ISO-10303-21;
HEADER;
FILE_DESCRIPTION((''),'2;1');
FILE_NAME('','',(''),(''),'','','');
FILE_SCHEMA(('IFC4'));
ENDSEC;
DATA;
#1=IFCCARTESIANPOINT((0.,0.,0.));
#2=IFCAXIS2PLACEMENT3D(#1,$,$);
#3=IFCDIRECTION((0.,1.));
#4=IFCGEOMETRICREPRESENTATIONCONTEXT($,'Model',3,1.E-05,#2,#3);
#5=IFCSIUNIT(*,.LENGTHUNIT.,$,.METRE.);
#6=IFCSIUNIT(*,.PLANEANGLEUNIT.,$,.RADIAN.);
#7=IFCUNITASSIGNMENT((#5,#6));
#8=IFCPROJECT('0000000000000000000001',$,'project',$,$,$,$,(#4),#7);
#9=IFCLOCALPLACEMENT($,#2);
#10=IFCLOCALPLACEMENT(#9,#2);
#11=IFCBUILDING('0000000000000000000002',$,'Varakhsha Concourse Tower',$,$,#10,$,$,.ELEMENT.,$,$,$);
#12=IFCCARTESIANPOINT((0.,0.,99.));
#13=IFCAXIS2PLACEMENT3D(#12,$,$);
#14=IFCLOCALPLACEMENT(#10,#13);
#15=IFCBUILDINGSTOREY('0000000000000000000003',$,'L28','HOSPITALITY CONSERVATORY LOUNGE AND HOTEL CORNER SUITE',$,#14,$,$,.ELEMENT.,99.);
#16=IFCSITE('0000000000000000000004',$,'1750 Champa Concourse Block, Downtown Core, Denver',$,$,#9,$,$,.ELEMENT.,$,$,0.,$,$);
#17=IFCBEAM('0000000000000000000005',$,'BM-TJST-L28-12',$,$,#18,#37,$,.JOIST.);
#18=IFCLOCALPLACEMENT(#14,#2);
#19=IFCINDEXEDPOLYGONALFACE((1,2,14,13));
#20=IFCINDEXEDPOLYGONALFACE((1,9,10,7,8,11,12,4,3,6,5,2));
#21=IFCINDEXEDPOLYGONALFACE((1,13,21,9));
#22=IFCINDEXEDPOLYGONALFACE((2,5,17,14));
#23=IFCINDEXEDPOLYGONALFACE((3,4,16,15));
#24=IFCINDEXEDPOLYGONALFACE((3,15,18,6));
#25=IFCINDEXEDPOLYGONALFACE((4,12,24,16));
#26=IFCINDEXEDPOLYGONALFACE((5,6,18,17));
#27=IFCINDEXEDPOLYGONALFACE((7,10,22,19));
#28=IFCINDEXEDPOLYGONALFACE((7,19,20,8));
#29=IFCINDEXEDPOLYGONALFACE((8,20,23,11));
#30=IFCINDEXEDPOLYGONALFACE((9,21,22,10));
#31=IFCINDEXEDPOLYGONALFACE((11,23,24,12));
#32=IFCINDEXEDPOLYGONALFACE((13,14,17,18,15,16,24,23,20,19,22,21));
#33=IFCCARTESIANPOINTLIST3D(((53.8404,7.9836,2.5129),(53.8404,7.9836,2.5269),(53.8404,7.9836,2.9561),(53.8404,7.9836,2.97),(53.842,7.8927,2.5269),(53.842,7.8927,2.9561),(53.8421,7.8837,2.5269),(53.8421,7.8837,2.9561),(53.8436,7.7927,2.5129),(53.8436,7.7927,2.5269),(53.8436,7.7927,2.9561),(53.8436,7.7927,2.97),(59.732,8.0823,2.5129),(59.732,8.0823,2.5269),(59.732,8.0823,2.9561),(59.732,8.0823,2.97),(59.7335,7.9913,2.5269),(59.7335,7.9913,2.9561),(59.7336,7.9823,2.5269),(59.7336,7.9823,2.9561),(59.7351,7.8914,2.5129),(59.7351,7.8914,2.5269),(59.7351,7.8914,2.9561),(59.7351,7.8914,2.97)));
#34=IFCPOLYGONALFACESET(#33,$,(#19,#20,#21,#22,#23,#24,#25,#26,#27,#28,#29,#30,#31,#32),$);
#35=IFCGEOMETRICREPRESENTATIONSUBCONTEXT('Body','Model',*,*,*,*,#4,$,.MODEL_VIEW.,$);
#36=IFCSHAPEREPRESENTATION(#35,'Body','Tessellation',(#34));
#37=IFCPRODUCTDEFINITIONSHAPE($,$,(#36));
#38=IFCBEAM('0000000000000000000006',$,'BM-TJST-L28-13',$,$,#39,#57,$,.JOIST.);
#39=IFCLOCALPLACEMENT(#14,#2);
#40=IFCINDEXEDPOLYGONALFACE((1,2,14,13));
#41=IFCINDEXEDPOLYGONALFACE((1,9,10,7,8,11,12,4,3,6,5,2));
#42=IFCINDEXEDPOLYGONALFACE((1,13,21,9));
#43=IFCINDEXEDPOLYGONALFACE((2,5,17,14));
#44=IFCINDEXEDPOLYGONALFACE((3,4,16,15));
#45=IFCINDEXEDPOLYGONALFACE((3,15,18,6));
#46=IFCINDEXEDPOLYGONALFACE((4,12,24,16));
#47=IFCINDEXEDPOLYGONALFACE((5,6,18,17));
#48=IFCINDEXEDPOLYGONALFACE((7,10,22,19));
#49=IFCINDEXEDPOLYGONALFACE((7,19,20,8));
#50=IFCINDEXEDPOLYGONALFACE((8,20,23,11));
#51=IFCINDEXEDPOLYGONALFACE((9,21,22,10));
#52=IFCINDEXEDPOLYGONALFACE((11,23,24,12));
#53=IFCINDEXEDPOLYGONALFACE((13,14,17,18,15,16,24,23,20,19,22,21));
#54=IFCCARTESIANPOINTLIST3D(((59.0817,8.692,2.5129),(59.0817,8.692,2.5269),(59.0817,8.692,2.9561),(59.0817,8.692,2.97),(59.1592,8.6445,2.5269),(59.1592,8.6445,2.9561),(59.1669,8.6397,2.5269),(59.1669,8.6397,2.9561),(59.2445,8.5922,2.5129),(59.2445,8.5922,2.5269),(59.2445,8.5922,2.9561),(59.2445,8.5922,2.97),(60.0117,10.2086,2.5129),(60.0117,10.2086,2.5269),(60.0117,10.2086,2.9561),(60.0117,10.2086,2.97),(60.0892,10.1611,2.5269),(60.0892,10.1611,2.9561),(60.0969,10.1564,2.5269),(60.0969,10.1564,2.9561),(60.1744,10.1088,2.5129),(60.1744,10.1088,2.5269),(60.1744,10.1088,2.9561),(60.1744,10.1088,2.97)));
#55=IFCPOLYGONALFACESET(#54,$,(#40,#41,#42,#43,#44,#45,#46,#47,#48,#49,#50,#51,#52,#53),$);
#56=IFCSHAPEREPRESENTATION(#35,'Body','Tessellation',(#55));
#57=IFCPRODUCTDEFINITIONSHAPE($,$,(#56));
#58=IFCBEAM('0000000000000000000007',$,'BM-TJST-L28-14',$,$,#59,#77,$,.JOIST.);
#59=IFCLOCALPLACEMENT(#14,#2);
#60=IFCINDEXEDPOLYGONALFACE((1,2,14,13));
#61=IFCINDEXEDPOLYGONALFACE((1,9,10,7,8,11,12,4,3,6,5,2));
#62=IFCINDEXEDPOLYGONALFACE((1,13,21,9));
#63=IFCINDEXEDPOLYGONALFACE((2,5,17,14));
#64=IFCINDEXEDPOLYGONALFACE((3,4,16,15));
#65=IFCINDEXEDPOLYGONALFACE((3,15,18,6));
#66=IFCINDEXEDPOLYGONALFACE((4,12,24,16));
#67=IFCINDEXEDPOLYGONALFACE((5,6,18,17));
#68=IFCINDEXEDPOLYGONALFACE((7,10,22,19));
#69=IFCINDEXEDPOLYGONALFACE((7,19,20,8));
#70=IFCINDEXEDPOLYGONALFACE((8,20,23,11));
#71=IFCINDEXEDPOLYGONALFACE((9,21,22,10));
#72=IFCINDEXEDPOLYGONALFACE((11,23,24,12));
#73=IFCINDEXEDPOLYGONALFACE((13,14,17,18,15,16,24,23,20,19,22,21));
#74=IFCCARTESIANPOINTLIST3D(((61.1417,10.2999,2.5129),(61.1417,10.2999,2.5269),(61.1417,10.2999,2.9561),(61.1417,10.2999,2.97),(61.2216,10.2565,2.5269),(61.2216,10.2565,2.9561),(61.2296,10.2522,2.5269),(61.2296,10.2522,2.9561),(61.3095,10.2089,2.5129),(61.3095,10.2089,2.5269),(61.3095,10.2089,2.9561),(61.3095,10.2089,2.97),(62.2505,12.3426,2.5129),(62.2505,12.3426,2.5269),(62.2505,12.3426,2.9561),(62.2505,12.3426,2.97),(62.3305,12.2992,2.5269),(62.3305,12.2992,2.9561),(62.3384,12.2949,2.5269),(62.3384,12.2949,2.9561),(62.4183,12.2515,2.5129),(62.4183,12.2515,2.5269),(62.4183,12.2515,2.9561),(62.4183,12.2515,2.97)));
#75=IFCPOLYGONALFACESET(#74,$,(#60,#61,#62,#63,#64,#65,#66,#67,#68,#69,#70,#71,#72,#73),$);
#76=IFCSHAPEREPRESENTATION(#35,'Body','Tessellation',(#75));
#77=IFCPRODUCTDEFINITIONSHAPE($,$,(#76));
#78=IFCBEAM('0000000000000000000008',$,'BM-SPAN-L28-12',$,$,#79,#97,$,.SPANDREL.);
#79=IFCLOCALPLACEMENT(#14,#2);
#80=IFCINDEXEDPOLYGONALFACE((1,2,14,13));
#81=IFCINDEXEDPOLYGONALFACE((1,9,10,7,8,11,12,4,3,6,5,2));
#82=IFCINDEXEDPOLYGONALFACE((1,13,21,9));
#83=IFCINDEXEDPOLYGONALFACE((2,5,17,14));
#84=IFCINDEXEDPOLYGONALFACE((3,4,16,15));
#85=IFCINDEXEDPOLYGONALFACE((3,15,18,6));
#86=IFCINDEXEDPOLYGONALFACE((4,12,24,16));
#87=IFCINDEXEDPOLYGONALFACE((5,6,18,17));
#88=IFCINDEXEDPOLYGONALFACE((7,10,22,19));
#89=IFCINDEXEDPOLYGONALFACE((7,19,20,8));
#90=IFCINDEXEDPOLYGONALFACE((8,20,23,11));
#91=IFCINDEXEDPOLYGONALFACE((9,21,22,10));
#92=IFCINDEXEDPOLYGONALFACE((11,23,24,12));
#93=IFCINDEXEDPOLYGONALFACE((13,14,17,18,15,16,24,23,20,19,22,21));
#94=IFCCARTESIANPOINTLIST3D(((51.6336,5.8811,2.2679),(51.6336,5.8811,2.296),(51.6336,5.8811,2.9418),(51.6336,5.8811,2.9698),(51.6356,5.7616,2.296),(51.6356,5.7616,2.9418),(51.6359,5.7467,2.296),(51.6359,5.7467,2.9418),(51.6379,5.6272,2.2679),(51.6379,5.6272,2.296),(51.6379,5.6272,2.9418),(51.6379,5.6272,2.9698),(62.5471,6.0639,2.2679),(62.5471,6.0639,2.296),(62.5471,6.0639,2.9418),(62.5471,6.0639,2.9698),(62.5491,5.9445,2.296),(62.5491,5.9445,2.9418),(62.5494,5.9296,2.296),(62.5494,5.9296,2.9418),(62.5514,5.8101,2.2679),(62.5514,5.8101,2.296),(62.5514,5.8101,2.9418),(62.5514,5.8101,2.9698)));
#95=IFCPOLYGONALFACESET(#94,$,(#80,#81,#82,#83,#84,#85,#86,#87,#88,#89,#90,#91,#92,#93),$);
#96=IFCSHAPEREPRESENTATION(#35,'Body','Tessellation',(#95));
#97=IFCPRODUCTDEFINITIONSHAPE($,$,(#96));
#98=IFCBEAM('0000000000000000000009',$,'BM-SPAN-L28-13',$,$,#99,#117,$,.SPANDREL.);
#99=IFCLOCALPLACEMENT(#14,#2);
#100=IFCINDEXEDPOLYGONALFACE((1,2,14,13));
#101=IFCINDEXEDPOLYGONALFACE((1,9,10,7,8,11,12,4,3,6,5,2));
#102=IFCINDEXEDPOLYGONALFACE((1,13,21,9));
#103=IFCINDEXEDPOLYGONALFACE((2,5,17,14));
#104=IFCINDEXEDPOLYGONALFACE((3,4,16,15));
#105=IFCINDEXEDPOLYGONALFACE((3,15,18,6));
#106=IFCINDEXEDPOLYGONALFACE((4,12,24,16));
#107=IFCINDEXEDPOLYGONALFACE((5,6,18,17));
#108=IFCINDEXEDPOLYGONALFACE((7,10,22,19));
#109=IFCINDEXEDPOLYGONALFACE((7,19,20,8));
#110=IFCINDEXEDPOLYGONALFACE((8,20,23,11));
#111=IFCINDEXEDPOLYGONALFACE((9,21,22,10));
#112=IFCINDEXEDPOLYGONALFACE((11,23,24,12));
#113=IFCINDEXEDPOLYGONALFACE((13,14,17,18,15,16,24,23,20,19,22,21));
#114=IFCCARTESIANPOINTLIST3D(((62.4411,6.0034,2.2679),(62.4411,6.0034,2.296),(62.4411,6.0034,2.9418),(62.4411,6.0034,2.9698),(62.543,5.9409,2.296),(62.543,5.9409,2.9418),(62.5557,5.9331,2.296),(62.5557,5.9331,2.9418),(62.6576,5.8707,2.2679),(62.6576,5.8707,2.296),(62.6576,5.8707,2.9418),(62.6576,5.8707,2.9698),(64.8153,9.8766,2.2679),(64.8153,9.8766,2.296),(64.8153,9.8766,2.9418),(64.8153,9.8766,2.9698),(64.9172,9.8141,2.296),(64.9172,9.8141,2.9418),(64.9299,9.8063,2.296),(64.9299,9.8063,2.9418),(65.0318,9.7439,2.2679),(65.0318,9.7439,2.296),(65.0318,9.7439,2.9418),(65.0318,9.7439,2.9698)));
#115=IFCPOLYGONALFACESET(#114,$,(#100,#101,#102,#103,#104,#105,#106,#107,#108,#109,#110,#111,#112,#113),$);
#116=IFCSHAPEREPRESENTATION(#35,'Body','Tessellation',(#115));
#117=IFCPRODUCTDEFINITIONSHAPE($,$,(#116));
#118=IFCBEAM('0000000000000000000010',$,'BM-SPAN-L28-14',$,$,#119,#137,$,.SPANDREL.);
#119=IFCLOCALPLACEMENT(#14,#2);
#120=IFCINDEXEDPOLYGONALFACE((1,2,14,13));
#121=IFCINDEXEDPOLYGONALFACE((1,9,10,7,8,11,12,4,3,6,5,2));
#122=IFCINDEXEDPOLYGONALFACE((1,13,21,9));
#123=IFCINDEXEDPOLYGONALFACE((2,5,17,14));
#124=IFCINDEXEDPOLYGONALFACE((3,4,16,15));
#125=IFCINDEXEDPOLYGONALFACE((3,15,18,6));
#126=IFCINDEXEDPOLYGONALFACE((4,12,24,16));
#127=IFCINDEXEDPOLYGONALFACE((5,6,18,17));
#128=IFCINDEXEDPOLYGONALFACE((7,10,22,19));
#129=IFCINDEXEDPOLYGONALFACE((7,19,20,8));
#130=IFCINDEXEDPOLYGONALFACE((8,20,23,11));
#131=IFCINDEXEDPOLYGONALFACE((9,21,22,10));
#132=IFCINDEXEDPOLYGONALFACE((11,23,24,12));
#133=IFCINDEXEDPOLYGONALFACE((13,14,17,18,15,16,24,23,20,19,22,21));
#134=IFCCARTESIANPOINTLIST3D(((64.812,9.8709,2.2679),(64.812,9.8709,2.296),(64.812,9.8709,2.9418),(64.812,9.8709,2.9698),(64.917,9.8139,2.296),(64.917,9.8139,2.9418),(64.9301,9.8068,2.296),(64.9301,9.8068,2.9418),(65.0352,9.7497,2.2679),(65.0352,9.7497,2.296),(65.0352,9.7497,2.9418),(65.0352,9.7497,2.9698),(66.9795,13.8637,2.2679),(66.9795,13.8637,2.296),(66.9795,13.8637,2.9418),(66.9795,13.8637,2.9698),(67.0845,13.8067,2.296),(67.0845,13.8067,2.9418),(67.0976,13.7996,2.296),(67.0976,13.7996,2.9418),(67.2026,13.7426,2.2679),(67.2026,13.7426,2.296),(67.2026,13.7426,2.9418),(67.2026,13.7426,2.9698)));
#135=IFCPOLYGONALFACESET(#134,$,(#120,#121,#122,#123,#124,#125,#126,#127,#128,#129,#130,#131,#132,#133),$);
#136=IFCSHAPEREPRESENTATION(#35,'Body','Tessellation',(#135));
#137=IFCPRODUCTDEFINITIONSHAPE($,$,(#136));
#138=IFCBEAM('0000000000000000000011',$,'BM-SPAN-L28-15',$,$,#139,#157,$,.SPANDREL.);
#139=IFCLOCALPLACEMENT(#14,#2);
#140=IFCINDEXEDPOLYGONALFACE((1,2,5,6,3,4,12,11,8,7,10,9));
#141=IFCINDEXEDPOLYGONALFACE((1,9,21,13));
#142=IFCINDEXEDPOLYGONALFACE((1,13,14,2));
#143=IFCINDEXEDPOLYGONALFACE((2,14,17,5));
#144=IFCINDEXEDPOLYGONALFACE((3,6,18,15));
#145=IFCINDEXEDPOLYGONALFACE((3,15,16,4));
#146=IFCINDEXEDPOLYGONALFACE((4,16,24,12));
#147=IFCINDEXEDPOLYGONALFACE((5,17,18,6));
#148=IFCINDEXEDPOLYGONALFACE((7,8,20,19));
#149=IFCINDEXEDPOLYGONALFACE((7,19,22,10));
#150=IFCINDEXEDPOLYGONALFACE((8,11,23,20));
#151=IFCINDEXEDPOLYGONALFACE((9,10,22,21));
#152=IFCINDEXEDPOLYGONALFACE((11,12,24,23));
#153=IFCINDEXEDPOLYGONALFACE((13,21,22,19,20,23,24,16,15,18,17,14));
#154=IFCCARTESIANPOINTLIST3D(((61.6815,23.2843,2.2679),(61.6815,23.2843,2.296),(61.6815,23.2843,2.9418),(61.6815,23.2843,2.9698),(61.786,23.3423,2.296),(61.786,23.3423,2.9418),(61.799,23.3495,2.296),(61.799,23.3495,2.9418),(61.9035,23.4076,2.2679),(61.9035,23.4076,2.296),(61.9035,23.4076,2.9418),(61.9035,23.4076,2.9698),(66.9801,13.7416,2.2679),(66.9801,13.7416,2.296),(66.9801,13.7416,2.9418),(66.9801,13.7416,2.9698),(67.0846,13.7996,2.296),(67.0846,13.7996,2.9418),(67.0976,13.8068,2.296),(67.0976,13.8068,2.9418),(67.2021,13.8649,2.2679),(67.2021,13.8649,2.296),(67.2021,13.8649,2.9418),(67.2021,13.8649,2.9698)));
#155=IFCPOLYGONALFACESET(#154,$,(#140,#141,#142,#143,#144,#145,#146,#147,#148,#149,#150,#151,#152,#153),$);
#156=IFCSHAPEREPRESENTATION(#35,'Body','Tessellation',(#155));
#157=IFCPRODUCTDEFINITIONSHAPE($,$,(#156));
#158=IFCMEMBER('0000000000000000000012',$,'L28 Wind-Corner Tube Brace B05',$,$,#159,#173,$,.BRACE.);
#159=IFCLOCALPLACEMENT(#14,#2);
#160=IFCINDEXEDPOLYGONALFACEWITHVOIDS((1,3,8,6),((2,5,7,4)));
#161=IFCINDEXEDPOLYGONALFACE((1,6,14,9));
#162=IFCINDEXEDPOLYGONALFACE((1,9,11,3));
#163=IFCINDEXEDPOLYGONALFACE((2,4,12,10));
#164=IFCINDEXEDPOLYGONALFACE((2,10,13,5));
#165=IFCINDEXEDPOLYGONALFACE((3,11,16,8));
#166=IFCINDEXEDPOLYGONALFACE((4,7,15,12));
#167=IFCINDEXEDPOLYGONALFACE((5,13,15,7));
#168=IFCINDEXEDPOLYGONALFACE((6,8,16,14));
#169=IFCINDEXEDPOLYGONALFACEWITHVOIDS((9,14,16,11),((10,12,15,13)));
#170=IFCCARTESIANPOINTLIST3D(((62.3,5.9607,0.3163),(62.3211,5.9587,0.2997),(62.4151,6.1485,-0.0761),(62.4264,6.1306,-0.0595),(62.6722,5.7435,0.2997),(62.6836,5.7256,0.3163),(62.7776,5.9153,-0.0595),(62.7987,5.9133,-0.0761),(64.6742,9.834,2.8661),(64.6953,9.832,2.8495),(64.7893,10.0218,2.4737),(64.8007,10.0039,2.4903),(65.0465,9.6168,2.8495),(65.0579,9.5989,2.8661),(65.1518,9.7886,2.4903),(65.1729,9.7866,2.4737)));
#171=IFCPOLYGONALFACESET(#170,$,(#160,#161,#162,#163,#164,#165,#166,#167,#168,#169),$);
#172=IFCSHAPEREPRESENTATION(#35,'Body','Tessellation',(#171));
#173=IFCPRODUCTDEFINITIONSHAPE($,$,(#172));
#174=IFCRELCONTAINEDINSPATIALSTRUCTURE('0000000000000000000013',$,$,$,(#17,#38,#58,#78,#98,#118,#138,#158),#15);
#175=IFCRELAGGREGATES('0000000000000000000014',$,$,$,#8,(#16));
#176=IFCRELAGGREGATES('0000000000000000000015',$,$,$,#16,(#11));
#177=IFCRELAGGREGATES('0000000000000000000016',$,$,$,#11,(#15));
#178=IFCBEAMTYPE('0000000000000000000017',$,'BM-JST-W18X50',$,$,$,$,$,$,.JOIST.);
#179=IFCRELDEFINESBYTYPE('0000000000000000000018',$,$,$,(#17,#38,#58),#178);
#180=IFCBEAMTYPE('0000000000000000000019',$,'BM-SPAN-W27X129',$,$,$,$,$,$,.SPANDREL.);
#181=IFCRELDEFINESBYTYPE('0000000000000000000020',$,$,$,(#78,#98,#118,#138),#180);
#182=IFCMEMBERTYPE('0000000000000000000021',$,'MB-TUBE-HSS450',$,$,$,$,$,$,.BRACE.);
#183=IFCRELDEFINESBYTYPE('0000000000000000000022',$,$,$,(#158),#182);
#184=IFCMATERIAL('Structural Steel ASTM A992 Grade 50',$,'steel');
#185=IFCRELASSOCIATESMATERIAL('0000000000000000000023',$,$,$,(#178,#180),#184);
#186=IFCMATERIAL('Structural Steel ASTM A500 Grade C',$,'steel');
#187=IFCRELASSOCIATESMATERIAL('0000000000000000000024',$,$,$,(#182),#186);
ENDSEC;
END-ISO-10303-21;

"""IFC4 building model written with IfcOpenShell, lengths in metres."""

from ifc_helpers import new_model, si_unit, direction, frame, origin, origin_2d, place, context, subcontext, project, spatial, hollow_rectangle, i_section, extrude, source, transform, mapped, material, material_profile, profile_set, type_object, element, save


model = new_model("IFC4")

# Units and contexts
model_context = context("Model", 3, precision=1e-05, world=origin(), true_north=direction((0.0, 1.0)))
body_context = subcontext(model_context, "Body", "Model", "MODEL_VIEW")
ifc_project = project(units=[si_unit("LENGTHUNIT", "METRE"), si_unit("PLANEANGLEUNIT", "RADIAN")], contexts=[model_context])

# Site, building, storey
site_placement = place(None, origin())
site = spatial("IfcSite", under=ifc_project, at=site_placement, Name="1750 Champa Concourse Block, Downtown Core, Denver", CompositionType="ELEMENT", RefElevation=0.0)
building_placement = place(site_placement, origin())
building = spatial("IfcBuilding", under=site, at=building_placement, Name="Varakhsha Concourse Tower", CompositionType="ELEMENT")
storey_placement = place(building_placement, frame((0.0, 0.0, 99.0)))
storey = spatial("IfcBuildingStorey", under=building, at=storey_placement, Name="L28", Description="HOSPITALITY CONSERVATORY LOUNGE AND HOTEL CORNER SUITE", CompositionType="ELEMENT", Elevation=99.0)

# Shared definitions
ifc_material_1 = material(Name="Structural Steel ASTM A992 Grade 50", Category="steel")

# Beams
ifc_material_profile_1 = material_profile(ifc_material_1, i_section(OverallWidth=0.1909, OverallDepth=0.457, WebThickness=0.009, FlangeThickness=0.0139, at=origin_2d()), Name="W18X50")
ifc_profile_set_1 = profile_set([ifc_material_profile_1], Name="Structural Steel ASTM A992 Grade 50")
beam_type_1 = type_object("IfcBeamType", Name="BM-JST-W18X50", PredefinedType="JOIST", material=ifc_profile_set_1)
beam_1_placement = place(storey_placement, frame((53.842, 7.8882, 2.7415), z_axis=(0.99986, 0.016739, 0.0), x_axis=(-0.016739, 0.99986, 0.0)))
element("IfcBeam", 1, at=beam_1_placement, inside=storey, type_object=beam_type_1, Name="BM-TJST-L28-12", PredefinedType="JOIST", context=body_context, shape_type="SweptSolid", body=[
    extrude(i_section(OverallWidth=0.1909, OverallDepth=0.457, WebThickness=0.009, FlangeThickness=0.0139, at=origin_2d()), origin(), (0.0, 0.0, 1.0), 5.8923),
])
beam_2_placement = place(storey_placement, frame((59.1631, 8.6421, 2.7415), z_axis=(0.522726, 0.852501, 0.0), x_axis=(-0.852501, 0.522726, 0.0)))
element("IfcBeam", 2, at=beam_2_placement, inside=storey, type_object=beam_type_1, Name="BM-TJST-L28-13", PredefinedType="JOIST", context=body_context, shape_type="SweptSolid", body=[
    extrude(i_section(OverallWidth=0.1909, OverallDepth=0.457, WebThickness=0.009, FlangeThickness=0.0139, at=origin_2d()), origin(), (0.0, 0.0, 1.0), 1.7791),
])
beam_3_placement = place(storey_placement, frame((61.2256, 10.2544, 2.7415), z_axis=(0.477085, 0.878857, 0.0), x_axis=(-0.878857, 0.477085, 0.0)))
element("IfcBeam", 3, at=beam_3_placement, inside=storey, type_object=beam_type_1, Name="BM-TJST-L28-14", PredefinedType="JOIST", context=body_context, shape_type="SweptSolid", body=[
    extrude(i_section(OverallWidth=0.1909, OverallDepth=0.457, WebThickness=0.009, FlangeThickness=0.0139, at=origin_2d()), origin(), (0.0, 0.0, 1.0), 2.3242),
])
ifc_material_profile_2 = material_profile(ifc_material_1, i_section(OverallWidth=0.2539, OverallDepth=0.7019, WebThickness=0.0149, FlangeThickness=0.0281, at=origin_2d()), Name="W27X129")
ifc_profile_set_2 = profile_set([ifc_material_profile_2], Name="Structural Steel ASTM A992 Grade 50")
beam_type_2 = type_object("IfcBeamType", Name="BM-SPAN-W27X129", PredefinedType="SPANDREL", material=ifc_profile_set_2)
beam_4_placement = place(storey_placement, frame((51.6357, 5.7542, 2.6189), z_axis=(0.99986, 0.016753, 0.0), x_axis=(-0.016753, 0.99986, 0.0)))
element("IfcBeam", 4, at=beam_4_placement, inside=storey, type_object=beam_type_2, Name="BM-SPAN-L28-12", PredefinedType="SPANDREL", context=body_context, shape_type="SweptSolid", body=[
    extrude(i_section(OverallWidth=0.2539, OverallDepth=0.7019, WebThickness=0.0149, FlangeThickness=0.0281, at=origin_2d()), origin(), (0.0, 0.0, 1.0), 10.915),
])
beam_5_placement = place(storey_placement, frame((62.5493, 5.937, 2.6189), z_axis=(0.522612, 0.85257, 0.0), x_axis=(-0.85257, 0.522612, 0.0)))
element("IfcBeam", 5, at=beam_5_placement, inside=storey, type_object=beam_type_2, Name="BM-SPAN-L28-13", PredefinedType="SPANDREL", context=body_context, shape_type="SweptSolid", body=[
    extrude(i_section(OverallWidth=0.2539, OverallDepth=0.7019, WebThickness=0.0149, FlangeThickness=0.0281, at=origin_2d()), origin(), (0.0, 0.0, 1.0), 4.543),
])
beam_6_placement = place(storey_placement, frame((64.9236, 9.8103, 2.6189), z_axis=(0.477074, 0.878863, 0.0), x_axis=(-0.878863, 0.477074, 0.0)))
element("IfcBeam", 6, at=beam_6_placement, inside=storey, type_object=beam_type_2, Name="BM-SPAN-L28-14", PredefinedType="SPANDREL", context=body_context, shape_type="SweptSolid", body=[
    extrude(i_section(OverallWidth=0.2539, OverallDepth=0.7019, WebThickness=0.0149, FlangeThickness=0.0281, at=origin_2d()), origin(), (0.0, 0.0, 1.0), 4.5432),
])
beam_7_placement = place(storey_placement, frame((67.0911, 13.8032, 2.6189), z_axis=(-0.485438, 0.874271, 0.0), x_axis=(-0.874271, -0.485438, 0.0)))
element("IfcBeam", 7, at=beam_7_placement, inside=storey, type_object=beam_type_2, Name="BM-SPAN-L28-15", PredefinedType="SPANDREL", context=body_context, shape_type="SweptSolid", body=[
    extrude(i_section(OverallWidth=0.2539, OverallDepth=0.7019, WebThickness=0.0149, FlangeThickness=0.0281, at=origin_2d()), origin(), (0.0, 0.0, 1.0), 10.915),
])

# Member
ifc_material_2 = material(Name="Structural Steel ASTM A500 Grade C", Category="steel")
ifc_material_profile_3 = material_profile(ifc_material_2, hollow_rectangle(XDim=0.45, YDim=0.45, WallThickness=0.019, at=origin_2d()), Name="HSS 450x450x19")
ifc_profile_set_3 = profile_set([ifc_material_profile_3], Name="Structural Steel ASTM A500 Grade C")
member_type_1 = type_object("IfcMemberType", Name="MB-TUBE-HSS450", PredefinedType="BRACE", material=ifc_profile_set_3)
shared_shape_1 = source(origin(), body_context, "Body", "SweptSolid", [
    extrude(hollow_rectangle(XDim=0.45, YDim=0.45, WallThickness=0.019, at=origin_2d()), origin(), (0.0, 0.0, 1.0), 5.2097),
])
member_1_placement = place(storey_placement, frame((62.5493, 5.937, 0.1201), z_axis=(0.455739, 0.743476, 0.489434), x_axis=(-0.85257, 0.522612, 0.0)))
element("IfcMember", 8, at=member_1_placement, inside=storey, type_object=member_type_1, Name="L28 Wind-Corner Tube Brace B05", PredefinedType="BRACE", context=body_context, shape_type="MappedRepresentation", body=[
    mapped(shared_shape_1, transform((0.0, 0.0, 0.0), scale=1.0)),
])

save(model, "model.ifc")
